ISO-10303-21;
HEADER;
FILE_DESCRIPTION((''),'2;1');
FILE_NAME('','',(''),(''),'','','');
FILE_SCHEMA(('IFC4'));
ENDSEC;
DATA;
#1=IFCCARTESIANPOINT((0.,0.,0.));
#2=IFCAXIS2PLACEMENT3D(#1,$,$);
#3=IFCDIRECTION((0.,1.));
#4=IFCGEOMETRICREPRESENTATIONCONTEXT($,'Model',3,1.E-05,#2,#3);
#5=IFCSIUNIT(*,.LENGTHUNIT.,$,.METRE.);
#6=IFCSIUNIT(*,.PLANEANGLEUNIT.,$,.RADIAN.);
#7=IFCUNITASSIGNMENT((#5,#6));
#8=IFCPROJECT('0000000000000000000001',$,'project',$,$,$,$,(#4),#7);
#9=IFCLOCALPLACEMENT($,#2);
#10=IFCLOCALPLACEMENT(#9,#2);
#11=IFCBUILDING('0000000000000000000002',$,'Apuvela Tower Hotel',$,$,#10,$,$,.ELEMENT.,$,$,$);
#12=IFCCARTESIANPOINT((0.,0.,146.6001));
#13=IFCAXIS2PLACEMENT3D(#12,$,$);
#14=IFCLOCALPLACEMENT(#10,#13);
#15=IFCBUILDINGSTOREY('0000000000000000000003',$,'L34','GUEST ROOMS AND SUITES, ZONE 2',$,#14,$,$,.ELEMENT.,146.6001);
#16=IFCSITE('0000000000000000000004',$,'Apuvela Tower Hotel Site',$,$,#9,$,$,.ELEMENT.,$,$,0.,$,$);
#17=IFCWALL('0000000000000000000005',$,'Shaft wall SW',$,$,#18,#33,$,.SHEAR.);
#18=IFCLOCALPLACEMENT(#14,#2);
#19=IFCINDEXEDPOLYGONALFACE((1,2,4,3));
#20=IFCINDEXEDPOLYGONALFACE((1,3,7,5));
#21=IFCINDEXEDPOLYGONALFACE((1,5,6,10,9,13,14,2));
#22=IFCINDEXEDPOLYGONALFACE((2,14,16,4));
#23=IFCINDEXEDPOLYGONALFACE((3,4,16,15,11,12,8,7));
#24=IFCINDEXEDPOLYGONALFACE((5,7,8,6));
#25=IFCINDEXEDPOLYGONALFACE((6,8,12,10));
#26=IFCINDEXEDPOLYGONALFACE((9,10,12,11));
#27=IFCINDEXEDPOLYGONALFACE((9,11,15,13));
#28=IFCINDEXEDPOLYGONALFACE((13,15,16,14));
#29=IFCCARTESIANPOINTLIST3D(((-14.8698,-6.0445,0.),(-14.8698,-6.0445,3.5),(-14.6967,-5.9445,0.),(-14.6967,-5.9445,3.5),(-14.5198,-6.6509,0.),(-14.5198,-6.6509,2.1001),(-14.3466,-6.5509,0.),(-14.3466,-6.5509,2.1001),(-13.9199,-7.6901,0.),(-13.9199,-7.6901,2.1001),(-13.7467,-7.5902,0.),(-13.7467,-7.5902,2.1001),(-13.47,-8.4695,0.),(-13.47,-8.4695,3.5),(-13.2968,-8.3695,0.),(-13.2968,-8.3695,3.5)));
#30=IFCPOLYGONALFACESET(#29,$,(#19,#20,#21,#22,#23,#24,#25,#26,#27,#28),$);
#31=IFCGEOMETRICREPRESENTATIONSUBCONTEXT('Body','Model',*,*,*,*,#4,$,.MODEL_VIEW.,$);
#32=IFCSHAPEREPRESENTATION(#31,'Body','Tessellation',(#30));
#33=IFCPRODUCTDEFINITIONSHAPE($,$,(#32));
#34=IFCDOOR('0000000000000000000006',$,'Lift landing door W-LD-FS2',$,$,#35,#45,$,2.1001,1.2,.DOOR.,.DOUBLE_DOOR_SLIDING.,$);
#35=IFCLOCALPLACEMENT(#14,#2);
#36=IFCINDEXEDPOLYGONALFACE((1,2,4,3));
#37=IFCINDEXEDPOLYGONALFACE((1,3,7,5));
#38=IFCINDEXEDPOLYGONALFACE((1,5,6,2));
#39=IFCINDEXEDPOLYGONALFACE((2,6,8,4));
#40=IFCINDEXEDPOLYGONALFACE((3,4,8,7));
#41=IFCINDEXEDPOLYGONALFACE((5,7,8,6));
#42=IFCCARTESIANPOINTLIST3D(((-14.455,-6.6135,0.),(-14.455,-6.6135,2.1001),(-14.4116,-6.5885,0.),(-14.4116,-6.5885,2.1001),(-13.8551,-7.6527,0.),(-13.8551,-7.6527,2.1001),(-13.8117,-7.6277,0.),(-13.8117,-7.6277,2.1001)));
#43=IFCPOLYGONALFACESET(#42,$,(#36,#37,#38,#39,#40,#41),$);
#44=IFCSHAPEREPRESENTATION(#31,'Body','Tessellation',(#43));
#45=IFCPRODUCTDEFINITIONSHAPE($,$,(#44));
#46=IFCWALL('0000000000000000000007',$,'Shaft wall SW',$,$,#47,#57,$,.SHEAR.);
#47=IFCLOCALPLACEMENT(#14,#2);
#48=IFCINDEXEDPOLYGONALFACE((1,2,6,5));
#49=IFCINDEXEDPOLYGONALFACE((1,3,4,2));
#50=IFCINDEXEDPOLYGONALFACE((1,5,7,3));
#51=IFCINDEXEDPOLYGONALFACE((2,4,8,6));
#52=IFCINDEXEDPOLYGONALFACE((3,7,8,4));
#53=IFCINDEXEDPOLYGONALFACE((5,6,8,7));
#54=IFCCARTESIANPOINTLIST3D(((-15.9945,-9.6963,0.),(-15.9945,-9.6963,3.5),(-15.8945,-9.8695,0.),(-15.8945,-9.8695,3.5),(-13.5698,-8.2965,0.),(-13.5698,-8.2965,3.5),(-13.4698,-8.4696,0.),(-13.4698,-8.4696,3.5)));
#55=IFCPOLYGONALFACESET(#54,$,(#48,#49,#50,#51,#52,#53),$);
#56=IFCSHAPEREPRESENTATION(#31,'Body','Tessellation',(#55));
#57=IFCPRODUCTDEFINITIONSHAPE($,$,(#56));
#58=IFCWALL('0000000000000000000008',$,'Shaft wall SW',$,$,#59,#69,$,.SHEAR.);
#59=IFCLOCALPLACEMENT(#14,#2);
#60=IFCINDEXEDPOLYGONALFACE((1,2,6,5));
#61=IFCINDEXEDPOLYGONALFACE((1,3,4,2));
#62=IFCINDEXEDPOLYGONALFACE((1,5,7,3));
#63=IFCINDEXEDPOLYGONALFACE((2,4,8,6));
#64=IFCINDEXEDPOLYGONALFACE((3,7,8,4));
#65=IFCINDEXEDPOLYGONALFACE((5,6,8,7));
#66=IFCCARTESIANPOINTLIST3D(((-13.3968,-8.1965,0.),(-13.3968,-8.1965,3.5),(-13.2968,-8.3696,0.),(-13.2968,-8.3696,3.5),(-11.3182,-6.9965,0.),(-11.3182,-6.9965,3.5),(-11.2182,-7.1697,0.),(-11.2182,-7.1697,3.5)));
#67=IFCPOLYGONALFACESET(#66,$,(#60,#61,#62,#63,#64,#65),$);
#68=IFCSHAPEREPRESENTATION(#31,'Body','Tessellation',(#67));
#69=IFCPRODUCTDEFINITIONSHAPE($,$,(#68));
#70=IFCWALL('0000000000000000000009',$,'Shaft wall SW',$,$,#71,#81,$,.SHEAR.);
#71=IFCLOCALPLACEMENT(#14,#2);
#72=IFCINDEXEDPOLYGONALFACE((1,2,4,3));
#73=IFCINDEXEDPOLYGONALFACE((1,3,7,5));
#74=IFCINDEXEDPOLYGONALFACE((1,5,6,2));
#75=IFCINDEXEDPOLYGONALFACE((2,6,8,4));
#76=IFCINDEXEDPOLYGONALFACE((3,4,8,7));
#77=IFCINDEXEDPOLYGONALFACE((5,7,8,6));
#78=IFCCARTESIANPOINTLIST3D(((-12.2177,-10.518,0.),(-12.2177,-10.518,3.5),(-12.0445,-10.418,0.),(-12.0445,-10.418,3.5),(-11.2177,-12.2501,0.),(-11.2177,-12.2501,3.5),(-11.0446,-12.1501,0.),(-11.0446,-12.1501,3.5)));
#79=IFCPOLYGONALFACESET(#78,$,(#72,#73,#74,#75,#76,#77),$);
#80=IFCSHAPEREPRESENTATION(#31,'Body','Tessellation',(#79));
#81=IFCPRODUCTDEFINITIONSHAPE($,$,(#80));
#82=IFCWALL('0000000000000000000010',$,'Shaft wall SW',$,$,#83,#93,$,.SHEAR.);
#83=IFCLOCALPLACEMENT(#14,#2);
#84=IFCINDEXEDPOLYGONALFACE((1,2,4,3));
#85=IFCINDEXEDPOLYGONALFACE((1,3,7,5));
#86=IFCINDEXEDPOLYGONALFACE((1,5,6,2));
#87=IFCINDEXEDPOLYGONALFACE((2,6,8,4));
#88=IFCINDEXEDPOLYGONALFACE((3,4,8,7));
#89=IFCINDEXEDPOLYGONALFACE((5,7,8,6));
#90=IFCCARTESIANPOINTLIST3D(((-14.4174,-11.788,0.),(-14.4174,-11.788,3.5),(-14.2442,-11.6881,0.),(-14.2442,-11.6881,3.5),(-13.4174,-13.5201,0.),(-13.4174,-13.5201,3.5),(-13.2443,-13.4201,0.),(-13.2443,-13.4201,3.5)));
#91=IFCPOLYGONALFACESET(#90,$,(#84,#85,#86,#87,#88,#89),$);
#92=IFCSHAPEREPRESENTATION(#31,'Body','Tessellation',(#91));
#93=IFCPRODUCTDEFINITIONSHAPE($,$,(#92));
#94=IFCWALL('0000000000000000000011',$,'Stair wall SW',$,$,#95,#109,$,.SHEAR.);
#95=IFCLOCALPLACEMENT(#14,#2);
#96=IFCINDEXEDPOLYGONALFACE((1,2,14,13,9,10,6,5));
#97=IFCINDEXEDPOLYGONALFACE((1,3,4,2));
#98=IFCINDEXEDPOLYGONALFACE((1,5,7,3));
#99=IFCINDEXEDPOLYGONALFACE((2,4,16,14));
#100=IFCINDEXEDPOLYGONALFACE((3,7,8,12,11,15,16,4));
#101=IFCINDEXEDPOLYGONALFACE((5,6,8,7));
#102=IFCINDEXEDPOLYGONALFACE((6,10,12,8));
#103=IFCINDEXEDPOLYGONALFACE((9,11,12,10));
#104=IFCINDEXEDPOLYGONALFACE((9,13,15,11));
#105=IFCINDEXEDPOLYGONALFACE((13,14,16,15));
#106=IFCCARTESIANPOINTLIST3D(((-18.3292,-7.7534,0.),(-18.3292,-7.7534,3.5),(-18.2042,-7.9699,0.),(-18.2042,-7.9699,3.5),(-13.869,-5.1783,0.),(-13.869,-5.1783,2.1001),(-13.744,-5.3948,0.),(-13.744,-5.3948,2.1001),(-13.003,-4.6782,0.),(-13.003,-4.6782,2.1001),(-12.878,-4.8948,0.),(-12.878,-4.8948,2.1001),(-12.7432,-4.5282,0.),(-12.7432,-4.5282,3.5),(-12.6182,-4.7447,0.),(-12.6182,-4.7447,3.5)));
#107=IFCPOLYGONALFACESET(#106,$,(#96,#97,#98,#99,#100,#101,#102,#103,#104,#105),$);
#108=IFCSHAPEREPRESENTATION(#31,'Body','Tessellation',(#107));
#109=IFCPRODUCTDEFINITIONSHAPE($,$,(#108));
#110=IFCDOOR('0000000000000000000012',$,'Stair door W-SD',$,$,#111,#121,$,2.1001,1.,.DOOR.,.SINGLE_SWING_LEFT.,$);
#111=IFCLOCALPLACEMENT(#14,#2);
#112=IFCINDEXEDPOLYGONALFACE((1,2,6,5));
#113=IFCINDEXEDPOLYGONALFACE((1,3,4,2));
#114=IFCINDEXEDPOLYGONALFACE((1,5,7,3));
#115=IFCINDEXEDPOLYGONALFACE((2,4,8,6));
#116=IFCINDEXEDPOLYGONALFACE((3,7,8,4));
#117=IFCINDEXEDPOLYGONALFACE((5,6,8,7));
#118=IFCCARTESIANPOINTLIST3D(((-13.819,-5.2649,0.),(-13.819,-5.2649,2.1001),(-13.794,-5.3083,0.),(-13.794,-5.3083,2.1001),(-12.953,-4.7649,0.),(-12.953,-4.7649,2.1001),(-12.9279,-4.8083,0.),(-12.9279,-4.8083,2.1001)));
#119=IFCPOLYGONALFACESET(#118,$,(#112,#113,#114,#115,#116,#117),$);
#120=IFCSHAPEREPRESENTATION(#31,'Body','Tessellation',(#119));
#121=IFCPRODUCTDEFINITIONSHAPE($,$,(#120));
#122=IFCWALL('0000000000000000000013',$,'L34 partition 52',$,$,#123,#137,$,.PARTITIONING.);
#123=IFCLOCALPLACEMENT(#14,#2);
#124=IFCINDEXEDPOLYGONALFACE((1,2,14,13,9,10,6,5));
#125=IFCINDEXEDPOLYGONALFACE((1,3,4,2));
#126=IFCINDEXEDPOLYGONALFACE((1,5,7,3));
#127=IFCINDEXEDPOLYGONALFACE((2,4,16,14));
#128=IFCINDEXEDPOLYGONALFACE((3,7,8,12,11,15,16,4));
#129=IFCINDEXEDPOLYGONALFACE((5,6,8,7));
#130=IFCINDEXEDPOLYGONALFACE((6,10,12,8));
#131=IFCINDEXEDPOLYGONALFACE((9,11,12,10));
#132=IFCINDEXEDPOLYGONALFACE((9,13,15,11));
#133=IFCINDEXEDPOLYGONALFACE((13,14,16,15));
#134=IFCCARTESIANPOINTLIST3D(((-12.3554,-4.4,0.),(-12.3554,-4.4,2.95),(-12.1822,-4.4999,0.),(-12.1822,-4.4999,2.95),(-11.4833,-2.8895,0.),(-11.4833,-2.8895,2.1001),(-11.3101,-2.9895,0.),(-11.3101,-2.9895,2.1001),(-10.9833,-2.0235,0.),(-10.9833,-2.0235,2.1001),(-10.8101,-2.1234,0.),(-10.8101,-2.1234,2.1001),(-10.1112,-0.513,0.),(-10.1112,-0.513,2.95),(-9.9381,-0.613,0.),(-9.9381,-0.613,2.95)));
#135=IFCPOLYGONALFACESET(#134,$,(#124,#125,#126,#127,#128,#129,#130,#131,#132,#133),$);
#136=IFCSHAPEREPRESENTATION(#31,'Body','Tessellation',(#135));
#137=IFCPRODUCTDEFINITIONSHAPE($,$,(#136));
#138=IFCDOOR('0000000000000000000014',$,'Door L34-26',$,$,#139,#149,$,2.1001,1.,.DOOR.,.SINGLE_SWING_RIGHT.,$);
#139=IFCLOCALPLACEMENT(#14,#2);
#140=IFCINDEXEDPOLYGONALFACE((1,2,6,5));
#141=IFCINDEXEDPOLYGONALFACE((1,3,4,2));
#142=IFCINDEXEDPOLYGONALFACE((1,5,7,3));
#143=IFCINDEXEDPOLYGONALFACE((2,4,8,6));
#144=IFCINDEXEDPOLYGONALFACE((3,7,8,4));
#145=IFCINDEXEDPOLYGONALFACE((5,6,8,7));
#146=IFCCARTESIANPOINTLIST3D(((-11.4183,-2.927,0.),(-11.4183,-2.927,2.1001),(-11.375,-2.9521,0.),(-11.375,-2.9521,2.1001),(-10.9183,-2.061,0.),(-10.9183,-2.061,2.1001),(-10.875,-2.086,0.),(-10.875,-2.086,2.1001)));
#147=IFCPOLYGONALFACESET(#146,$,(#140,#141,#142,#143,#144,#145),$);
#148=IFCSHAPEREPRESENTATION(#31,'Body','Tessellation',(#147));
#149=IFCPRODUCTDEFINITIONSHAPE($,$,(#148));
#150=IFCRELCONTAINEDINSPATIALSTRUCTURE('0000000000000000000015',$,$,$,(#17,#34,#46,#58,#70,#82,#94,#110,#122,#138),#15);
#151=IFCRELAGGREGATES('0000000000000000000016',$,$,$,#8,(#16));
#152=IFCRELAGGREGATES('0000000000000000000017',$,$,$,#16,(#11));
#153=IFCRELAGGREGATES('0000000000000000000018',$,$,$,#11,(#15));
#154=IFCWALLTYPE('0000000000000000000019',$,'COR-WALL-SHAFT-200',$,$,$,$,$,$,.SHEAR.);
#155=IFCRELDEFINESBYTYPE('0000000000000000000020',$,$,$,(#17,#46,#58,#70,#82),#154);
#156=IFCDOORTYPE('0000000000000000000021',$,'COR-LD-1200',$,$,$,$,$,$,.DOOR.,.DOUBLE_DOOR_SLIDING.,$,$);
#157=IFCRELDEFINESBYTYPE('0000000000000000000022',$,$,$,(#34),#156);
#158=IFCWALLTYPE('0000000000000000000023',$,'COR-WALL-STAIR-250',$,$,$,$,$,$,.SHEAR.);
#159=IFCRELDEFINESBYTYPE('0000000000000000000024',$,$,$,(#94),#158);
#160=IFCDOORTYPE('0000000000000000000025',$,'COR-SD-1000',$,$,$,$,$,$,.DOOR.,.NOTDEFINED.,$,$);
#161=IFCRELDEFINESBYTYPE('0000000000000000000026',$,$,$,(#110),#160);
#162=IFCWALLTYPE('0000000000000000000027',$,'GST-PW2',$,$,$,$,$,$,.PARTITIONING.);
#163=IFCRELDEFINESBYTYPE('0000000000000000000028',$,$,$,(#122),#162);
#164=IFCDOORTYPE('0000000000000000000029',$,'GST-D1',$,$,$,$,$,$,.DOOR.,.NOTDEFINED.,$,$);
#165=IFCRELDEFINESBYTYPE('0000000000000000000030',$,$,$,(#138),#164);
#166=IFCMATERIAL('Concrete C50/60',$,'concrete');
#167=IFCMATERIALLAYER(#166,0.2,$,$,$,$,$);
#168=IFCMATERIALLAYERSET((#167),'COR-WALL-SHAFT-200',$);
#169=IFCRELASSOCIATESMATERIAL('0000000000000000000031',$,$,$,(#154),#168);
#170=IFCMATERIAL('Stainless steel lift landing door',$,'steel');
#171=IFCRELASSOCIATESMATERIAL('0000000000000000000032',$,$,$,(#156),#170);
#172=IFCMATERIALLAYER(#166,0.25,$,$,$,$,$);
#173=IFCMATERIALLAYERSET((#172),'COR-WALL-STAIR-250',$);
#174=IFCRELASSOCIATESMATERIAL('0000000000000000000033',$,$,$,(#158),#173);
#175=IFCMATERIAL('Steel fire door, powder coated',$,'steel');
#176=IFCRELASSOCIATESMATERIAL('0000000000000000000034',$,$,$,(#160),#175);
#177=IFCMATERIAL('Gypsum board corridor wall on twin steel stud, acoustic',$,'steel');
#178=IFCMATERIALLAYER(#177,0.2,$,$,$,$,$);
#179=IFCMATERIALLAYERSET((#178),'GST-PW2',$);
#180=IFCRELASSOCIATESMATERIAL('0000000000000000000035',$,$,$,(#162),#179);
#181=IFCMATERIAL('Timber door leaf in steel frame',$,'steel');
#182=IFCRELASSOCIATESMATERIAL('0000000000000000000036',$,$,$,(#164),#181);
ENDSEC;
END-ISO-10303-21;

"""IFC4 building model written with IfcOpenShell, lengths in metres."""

from ifc_helpers import new_model, si_unit, direction, frame, frame_2d, origin, place, context, subcontext, project, spatial, rectangle, extrude, material, layer, layer_set, type_object, element, fill, save


model = new_model("IFC4")

# Units and contexts
model_context = context("Model", 3, precision=1e-05, world=origin(), true_north=direction((0.0, 1.0)))
body_context = subcontext(model_context, "Body", "Model", "MODEL_VIEW")
ifc_project = project(units=[si_unit("LENGTHUNIT", "METRE"), si_unit("PLANEANGLEUNIT", "RADIAN")], contexts=[model_context])

# Site, building, storey
site_placement = place(None, origin())
site = spatial("IfcSite", under=ifc_project, at=site_placement, Name="Apuvela Tower Hotel Site", CompositionType="ELEMENT", RefElevation=0.0)
building_placement = place(site_placement, origin())
building = spatial("IfcBuilding", under=site, at=building_placement, Name="Apuvela Tower Hotel", CompositionType="ELEMENT")
storey_placement = place(building_placement, frame((0.0, 0.0, 146.6001)))
storey = spatial("IfcBuildingStorey", under=building, at=storey_placement, Name="L34", Description="GUEST ROOMS AND SUITES, ZONE 2", CompositionType="ELEMENT", Elevation=146.6001)

# Wall, opening, door
ifc_material_1 = material(Name="Concrete C50/60", Category="concrete")
ifc_layer_1 = layer(ifc_material_1, 0.2)
ifc_layer_set_1 = layer_set([ifc_layer_1], Name="COR-WALL-SHAFT-200")
wall_type_1 = type_object("IfcWallType", Name="COR-WALL-SHAFT-200", PredefinedType="SHEAR", material=ifc_layer_set_1)
wall_1_placement = place(storey_placement, frame((-14.7832, -5.9946, 0.0), z_axis=(0.0, 0.0, 1.0), x_axis=(0.499946, -0.866056, 0.0)))
wall_1 = element("IfcWall", 1, at=wall_1_placement, inside=storey, type_object=wall_type_1, Name="Shaft wall SW", PredefinedType="SHEAR", context=body_context, shape_type="SweptSolid", body=[
    extrude(rectangle(XDim=2.8, YDim=0.2, at=frame_2d((1.3999, 0.0))), origin(), (0.0, 0.0, 1.0), 3.5),
])
opening_1_placement = place(wall_1_placement, frame((0.7, 0.0, 0.0)))
opening_1 = element("IfcOpeningElement", 2, at=opening_1_placement, cuts=wall_1, PredefinedType="OPENING", context=body_context, shape_type="SweptSolid", body=[
    extrude(rectangle(XDim=1.2, YDim=2.1001, at=frame_2d((0.6001, 1.05))), frame((0.0, 0.1099, 0.0), z_axis=(0.0, -1.0, 0.0), x_axis=(1.0, 0.0, 0.0)), (0.0, 0.0, 1.0), 0.22),
])
ifc_material_2 = material(Name="Stainless steel lift landing door", Category="steel")
door_type_1 = type_object("IfcDoorType", Name="COR-LD-1200", OperationType="DOUBLE_DOOR_SLIDING", PredefinedType="DOOR", material=ifc_material_2)
door_1_placement = place(opening_1_placement, origin())
door_1 = element("IfcDoor", 3, at=door_1_placement, inside=storey, type_object=door_type_1, Name="Lift landing door W-LD-FS2", OperationType="DOUBLE_DOOR_SLIDING", OverallHeight=2.1001, OverallWidth=1.2, PredefinedType="DOOR", context=body_context, shape_type="SweptSolid", body=[
    extrude(rectangle(XDim=1.2, YDim=2.1001, at=frame_2d((0.6001, 1.05))), frame((0.0, 0.0249, 0.0), z_axis=(0.0, -1.0, 0.0), x_axis=(1.0, 0.0, 0.0)), (0.0, 0.0, 1.0), 0.05),
])
fill(opening_1, door_1)

# Walls
wall_2_placement = place(storey_placement, frame((-13.5198, -8.3831, 0.0), z_axis=(0.0, 0.0, 1.0), x_axis=(-0.866035, -0.499984, 0.0)))
element("IfcWall", 4, at=wall_2_placement, inside=storey, type_object=wall_type_1, Name="Shaft wall SW", PredefinedType="SHEAR", context=body_context, shape_type="SweptSolid", body=[
    extrude(rectangle(XDim=2.7998, YDim=0.2, at=frame_2d((1.3999, 0.0))), origin(), (0.0, 0.0, 1.0), 3.5),
])
wall_3_placement = place(storey_placement, frame((-11.2681, -7.083, 0.0), z_axis=(0.0, 0.0, 1.0), x_axis=(-0.86605, -0.499957, 0.0)))
element("IfcWall", 5, at=wall_3_placement, inside=storey, type_object=wall_type_1, Name="Shaft wall SW", PredefinedType="SHEAR", context=body_context, shape_type="SweptSolid", body=[
    extrude(rectangle(XDim=2.4001, YDim=0.2, at=frame_2d((1.2002, 0.0))), origin(), (0.0, 0.0, 1.0), 3.5),
])
for number, where, z_axis, x_axis, name in (
    (6, (-12.1311, -10.468, 0.0), (0.0, 0.0, 1.0), (0.499973, -0.866041, 0.0), "Shaft wall SW"),
    (7, (-14.3308, -11.738, 0.0), (0.0, 0.0, 1.0), (0.499973, -0.866041, 0.0), "Shaft wall SW"),
):
    element("IfcWall", number, at=place(storey_placement, frame(where, z_axis=z_axis, x_axis=x_axis)), inside=storey, type_object=wall_type_1, Name=name, PredefinedType="SHEAR", context=body_context, shape_type="SweptSolid", body=[
        extrude(rectangle(XDim=2.0, YDim=0.2, at=frame_2d((1.0, 0.0))), origin(), (0.0, 0.0, 1.0), 3.5),
    ])

# Walls, openings, doors
ifc_layer_2 = layer(ifc_material_1, 0.25)
ifc_layer_set_2 = layer_set([ifc_layer_2], Name="COR-WALL-STAIR-250")
wall_type_2 = type_object("IfcWallType", Name="COR-WALL-STAIR-250", PredefinedType="SHEAR", material=ifc_layer_set_2)
wall_4_placement = place(storey_placement, frame((-12.6807, -4.6365, 0.0), z_axis=(0.0, 0.0, 1.0), x_axis=(-0.866022, -0.500006, 0.0)))
wall_4 = element("IfcWall", 8, at=wall_4_placement, inside=storey, type_object=wall_type_2, Name="Stair wall SW", PredefinedType="SHEAR", context=body_context, shape_type="SweptSolid", body=[
    extrude(rectangle(XDim=6.4502, YDim=0.25, at=frame_2d((3.2251, 0.0))), origin(), (0.0, 0.0, 1.0), 3.5),
])
opening_2_placement = place(wall_4_placement, frame((0.3, 0.0, 0.0)))
opening_2 = element("IfcOpeningElement", 9, at=opening_2_placement, cuts=wall_4, PredefinedType="OPENING", context=body_context, shape_type="SweptSolid", body=[
    extrude(rectangle(XDim=1.0, YDim=2.1001, at=frame_2d((0.5, 1.05))), frame((0.0, 0.135, 0.0), z_axis=(0.0, -1.0, 0.0), x_axis=(1.0, 0.0, 0.0)), (0.0, 0.0, 1.0), 0.27),
])
ifc_material_3 = material(Name="Steel fire door, powder coated", Category="steel")
door_type_2 = type_object("IfcDoorType", Name="COR-SD-1000", OperationType="NOTDEFINED", PredefinedType="DOOR", material=ifc_material_3)
door_2_placement = place(opening_2_placement, frame((1.0, 0.0, 0.0), z_axis=(0.0, 0.0, 1.0), x_axis=(-1.0, 0.0, 0.0)))
door_2 = element("IfcDoor", 10, at=door_2_placement, inside=storey, type_object=door_type_2, Name="Stair door W-SD", OperationType="SINGLE_SWING_LEFT", OverallHeight=2.1001, OverallWidth=1.0, PredefinedType="DOOR", context=body_context, shape_type="SweptSolid", body=[
    extrude(rectangle(XDim=1.0, YDim=2.1001, at=frame_2d((0.5, 1.05))), frame((0.0, 0.0249, 0.0), z_axis=(0.0, -1.0, 0.0), x_axis=(1.0, 0.0, 0.0)), (0.0, 0.0, 1.0), 0.05),
])
fill(opening_2, door_2)
ifc_material_4 = material(Name="Gypsum board corridor wall on twin steel stud, acoustic", Category="steel")
ifc_layer_3 = layer(ifc_material_4, 0.2)
ifc_layer_set_3 = layer_set([ifc_layer_3], Name="GST-PW2")
wall_type_3 = type_object("IfcWallType", Name="GST-PW2", PredefinedType="PARTITIONING", material=ifc_layer_set_3)
wall_5_placement = place(storey_placement, frame((-12.2688, -4.45, 0.0), z_axis=(0.0, 0.0, 1.0), x_axis=(0.5, 0.866025, 0.0)))
wall_5 = element("IfcWall", 11, at=wall_5_placement, inside=storey, type_object=wall_type_3, Name="L34 partition 52", PredefinedType="PARTITIONING", context=body_context, shape_type="SweptSolid", body=[
    extrude(rectangle(XDim=4.4883, YDim=0.2, at=frame_2d((2.2441, 0.0))), origin(), (0.0, 0.0, 1.0), 2.95),
])
opening_3_placement = place(wall_5_placement, frame((1.7441, 0.0, 0.0)))
opening_3 = element("IfcOpeningElement", 12, at=opening_3_placement, cuts=wall_5, PredefinedType="OPENING", context=body_context, shape_type="SweptSolid", body=[
    extrude(rectangle(XDim=1.0, YDim=2.1001, at=frame_2d((0.5, 1.05))), frame((0.0, 0.1099, 0.0), z_axis=(0.0, -1.0, 0.0), x_axis=(1.0, 0.0, 0.0)), (0.0, 0.0, 1.0), 0.22),
])
ifc_material_5 = material(Name="Timber door leaf in steel frame", Category="steel")
door_type_3 = type_object("IfcDoorType", Name="GST-D1", OperationType="NOTDEFINED", PredefinedType="DOOR", material=ifc_material_5)
door_3_placement = place(opening_3_placement, origin())
door_3 = element("IfcDoor", 13, at=door_3_placement, inside=storey, type_object=door_type_3, Name="Door L34-26", OperationType="SINGLE_SWING_RIGHT", OverallHeight=2.1001, OverallWidth=1.0, PredefinedType="DOOR", context=body_context, shape_type="SweptSolid", body=[
    extrude(rectangle(XDim=1.0, YDim=2.1001, at=frame_2d((0.5, 1.05))), frame((0.0, 0.0249, 0.0), z_axis=(0.0, -1.0, 0.0), x_axis=(1.0, 0.0, 0.0)), (0.0, 0.0, 1.0), 0.05),
])
fill(opening_3, door_3)

save(model, "model.ifc")
